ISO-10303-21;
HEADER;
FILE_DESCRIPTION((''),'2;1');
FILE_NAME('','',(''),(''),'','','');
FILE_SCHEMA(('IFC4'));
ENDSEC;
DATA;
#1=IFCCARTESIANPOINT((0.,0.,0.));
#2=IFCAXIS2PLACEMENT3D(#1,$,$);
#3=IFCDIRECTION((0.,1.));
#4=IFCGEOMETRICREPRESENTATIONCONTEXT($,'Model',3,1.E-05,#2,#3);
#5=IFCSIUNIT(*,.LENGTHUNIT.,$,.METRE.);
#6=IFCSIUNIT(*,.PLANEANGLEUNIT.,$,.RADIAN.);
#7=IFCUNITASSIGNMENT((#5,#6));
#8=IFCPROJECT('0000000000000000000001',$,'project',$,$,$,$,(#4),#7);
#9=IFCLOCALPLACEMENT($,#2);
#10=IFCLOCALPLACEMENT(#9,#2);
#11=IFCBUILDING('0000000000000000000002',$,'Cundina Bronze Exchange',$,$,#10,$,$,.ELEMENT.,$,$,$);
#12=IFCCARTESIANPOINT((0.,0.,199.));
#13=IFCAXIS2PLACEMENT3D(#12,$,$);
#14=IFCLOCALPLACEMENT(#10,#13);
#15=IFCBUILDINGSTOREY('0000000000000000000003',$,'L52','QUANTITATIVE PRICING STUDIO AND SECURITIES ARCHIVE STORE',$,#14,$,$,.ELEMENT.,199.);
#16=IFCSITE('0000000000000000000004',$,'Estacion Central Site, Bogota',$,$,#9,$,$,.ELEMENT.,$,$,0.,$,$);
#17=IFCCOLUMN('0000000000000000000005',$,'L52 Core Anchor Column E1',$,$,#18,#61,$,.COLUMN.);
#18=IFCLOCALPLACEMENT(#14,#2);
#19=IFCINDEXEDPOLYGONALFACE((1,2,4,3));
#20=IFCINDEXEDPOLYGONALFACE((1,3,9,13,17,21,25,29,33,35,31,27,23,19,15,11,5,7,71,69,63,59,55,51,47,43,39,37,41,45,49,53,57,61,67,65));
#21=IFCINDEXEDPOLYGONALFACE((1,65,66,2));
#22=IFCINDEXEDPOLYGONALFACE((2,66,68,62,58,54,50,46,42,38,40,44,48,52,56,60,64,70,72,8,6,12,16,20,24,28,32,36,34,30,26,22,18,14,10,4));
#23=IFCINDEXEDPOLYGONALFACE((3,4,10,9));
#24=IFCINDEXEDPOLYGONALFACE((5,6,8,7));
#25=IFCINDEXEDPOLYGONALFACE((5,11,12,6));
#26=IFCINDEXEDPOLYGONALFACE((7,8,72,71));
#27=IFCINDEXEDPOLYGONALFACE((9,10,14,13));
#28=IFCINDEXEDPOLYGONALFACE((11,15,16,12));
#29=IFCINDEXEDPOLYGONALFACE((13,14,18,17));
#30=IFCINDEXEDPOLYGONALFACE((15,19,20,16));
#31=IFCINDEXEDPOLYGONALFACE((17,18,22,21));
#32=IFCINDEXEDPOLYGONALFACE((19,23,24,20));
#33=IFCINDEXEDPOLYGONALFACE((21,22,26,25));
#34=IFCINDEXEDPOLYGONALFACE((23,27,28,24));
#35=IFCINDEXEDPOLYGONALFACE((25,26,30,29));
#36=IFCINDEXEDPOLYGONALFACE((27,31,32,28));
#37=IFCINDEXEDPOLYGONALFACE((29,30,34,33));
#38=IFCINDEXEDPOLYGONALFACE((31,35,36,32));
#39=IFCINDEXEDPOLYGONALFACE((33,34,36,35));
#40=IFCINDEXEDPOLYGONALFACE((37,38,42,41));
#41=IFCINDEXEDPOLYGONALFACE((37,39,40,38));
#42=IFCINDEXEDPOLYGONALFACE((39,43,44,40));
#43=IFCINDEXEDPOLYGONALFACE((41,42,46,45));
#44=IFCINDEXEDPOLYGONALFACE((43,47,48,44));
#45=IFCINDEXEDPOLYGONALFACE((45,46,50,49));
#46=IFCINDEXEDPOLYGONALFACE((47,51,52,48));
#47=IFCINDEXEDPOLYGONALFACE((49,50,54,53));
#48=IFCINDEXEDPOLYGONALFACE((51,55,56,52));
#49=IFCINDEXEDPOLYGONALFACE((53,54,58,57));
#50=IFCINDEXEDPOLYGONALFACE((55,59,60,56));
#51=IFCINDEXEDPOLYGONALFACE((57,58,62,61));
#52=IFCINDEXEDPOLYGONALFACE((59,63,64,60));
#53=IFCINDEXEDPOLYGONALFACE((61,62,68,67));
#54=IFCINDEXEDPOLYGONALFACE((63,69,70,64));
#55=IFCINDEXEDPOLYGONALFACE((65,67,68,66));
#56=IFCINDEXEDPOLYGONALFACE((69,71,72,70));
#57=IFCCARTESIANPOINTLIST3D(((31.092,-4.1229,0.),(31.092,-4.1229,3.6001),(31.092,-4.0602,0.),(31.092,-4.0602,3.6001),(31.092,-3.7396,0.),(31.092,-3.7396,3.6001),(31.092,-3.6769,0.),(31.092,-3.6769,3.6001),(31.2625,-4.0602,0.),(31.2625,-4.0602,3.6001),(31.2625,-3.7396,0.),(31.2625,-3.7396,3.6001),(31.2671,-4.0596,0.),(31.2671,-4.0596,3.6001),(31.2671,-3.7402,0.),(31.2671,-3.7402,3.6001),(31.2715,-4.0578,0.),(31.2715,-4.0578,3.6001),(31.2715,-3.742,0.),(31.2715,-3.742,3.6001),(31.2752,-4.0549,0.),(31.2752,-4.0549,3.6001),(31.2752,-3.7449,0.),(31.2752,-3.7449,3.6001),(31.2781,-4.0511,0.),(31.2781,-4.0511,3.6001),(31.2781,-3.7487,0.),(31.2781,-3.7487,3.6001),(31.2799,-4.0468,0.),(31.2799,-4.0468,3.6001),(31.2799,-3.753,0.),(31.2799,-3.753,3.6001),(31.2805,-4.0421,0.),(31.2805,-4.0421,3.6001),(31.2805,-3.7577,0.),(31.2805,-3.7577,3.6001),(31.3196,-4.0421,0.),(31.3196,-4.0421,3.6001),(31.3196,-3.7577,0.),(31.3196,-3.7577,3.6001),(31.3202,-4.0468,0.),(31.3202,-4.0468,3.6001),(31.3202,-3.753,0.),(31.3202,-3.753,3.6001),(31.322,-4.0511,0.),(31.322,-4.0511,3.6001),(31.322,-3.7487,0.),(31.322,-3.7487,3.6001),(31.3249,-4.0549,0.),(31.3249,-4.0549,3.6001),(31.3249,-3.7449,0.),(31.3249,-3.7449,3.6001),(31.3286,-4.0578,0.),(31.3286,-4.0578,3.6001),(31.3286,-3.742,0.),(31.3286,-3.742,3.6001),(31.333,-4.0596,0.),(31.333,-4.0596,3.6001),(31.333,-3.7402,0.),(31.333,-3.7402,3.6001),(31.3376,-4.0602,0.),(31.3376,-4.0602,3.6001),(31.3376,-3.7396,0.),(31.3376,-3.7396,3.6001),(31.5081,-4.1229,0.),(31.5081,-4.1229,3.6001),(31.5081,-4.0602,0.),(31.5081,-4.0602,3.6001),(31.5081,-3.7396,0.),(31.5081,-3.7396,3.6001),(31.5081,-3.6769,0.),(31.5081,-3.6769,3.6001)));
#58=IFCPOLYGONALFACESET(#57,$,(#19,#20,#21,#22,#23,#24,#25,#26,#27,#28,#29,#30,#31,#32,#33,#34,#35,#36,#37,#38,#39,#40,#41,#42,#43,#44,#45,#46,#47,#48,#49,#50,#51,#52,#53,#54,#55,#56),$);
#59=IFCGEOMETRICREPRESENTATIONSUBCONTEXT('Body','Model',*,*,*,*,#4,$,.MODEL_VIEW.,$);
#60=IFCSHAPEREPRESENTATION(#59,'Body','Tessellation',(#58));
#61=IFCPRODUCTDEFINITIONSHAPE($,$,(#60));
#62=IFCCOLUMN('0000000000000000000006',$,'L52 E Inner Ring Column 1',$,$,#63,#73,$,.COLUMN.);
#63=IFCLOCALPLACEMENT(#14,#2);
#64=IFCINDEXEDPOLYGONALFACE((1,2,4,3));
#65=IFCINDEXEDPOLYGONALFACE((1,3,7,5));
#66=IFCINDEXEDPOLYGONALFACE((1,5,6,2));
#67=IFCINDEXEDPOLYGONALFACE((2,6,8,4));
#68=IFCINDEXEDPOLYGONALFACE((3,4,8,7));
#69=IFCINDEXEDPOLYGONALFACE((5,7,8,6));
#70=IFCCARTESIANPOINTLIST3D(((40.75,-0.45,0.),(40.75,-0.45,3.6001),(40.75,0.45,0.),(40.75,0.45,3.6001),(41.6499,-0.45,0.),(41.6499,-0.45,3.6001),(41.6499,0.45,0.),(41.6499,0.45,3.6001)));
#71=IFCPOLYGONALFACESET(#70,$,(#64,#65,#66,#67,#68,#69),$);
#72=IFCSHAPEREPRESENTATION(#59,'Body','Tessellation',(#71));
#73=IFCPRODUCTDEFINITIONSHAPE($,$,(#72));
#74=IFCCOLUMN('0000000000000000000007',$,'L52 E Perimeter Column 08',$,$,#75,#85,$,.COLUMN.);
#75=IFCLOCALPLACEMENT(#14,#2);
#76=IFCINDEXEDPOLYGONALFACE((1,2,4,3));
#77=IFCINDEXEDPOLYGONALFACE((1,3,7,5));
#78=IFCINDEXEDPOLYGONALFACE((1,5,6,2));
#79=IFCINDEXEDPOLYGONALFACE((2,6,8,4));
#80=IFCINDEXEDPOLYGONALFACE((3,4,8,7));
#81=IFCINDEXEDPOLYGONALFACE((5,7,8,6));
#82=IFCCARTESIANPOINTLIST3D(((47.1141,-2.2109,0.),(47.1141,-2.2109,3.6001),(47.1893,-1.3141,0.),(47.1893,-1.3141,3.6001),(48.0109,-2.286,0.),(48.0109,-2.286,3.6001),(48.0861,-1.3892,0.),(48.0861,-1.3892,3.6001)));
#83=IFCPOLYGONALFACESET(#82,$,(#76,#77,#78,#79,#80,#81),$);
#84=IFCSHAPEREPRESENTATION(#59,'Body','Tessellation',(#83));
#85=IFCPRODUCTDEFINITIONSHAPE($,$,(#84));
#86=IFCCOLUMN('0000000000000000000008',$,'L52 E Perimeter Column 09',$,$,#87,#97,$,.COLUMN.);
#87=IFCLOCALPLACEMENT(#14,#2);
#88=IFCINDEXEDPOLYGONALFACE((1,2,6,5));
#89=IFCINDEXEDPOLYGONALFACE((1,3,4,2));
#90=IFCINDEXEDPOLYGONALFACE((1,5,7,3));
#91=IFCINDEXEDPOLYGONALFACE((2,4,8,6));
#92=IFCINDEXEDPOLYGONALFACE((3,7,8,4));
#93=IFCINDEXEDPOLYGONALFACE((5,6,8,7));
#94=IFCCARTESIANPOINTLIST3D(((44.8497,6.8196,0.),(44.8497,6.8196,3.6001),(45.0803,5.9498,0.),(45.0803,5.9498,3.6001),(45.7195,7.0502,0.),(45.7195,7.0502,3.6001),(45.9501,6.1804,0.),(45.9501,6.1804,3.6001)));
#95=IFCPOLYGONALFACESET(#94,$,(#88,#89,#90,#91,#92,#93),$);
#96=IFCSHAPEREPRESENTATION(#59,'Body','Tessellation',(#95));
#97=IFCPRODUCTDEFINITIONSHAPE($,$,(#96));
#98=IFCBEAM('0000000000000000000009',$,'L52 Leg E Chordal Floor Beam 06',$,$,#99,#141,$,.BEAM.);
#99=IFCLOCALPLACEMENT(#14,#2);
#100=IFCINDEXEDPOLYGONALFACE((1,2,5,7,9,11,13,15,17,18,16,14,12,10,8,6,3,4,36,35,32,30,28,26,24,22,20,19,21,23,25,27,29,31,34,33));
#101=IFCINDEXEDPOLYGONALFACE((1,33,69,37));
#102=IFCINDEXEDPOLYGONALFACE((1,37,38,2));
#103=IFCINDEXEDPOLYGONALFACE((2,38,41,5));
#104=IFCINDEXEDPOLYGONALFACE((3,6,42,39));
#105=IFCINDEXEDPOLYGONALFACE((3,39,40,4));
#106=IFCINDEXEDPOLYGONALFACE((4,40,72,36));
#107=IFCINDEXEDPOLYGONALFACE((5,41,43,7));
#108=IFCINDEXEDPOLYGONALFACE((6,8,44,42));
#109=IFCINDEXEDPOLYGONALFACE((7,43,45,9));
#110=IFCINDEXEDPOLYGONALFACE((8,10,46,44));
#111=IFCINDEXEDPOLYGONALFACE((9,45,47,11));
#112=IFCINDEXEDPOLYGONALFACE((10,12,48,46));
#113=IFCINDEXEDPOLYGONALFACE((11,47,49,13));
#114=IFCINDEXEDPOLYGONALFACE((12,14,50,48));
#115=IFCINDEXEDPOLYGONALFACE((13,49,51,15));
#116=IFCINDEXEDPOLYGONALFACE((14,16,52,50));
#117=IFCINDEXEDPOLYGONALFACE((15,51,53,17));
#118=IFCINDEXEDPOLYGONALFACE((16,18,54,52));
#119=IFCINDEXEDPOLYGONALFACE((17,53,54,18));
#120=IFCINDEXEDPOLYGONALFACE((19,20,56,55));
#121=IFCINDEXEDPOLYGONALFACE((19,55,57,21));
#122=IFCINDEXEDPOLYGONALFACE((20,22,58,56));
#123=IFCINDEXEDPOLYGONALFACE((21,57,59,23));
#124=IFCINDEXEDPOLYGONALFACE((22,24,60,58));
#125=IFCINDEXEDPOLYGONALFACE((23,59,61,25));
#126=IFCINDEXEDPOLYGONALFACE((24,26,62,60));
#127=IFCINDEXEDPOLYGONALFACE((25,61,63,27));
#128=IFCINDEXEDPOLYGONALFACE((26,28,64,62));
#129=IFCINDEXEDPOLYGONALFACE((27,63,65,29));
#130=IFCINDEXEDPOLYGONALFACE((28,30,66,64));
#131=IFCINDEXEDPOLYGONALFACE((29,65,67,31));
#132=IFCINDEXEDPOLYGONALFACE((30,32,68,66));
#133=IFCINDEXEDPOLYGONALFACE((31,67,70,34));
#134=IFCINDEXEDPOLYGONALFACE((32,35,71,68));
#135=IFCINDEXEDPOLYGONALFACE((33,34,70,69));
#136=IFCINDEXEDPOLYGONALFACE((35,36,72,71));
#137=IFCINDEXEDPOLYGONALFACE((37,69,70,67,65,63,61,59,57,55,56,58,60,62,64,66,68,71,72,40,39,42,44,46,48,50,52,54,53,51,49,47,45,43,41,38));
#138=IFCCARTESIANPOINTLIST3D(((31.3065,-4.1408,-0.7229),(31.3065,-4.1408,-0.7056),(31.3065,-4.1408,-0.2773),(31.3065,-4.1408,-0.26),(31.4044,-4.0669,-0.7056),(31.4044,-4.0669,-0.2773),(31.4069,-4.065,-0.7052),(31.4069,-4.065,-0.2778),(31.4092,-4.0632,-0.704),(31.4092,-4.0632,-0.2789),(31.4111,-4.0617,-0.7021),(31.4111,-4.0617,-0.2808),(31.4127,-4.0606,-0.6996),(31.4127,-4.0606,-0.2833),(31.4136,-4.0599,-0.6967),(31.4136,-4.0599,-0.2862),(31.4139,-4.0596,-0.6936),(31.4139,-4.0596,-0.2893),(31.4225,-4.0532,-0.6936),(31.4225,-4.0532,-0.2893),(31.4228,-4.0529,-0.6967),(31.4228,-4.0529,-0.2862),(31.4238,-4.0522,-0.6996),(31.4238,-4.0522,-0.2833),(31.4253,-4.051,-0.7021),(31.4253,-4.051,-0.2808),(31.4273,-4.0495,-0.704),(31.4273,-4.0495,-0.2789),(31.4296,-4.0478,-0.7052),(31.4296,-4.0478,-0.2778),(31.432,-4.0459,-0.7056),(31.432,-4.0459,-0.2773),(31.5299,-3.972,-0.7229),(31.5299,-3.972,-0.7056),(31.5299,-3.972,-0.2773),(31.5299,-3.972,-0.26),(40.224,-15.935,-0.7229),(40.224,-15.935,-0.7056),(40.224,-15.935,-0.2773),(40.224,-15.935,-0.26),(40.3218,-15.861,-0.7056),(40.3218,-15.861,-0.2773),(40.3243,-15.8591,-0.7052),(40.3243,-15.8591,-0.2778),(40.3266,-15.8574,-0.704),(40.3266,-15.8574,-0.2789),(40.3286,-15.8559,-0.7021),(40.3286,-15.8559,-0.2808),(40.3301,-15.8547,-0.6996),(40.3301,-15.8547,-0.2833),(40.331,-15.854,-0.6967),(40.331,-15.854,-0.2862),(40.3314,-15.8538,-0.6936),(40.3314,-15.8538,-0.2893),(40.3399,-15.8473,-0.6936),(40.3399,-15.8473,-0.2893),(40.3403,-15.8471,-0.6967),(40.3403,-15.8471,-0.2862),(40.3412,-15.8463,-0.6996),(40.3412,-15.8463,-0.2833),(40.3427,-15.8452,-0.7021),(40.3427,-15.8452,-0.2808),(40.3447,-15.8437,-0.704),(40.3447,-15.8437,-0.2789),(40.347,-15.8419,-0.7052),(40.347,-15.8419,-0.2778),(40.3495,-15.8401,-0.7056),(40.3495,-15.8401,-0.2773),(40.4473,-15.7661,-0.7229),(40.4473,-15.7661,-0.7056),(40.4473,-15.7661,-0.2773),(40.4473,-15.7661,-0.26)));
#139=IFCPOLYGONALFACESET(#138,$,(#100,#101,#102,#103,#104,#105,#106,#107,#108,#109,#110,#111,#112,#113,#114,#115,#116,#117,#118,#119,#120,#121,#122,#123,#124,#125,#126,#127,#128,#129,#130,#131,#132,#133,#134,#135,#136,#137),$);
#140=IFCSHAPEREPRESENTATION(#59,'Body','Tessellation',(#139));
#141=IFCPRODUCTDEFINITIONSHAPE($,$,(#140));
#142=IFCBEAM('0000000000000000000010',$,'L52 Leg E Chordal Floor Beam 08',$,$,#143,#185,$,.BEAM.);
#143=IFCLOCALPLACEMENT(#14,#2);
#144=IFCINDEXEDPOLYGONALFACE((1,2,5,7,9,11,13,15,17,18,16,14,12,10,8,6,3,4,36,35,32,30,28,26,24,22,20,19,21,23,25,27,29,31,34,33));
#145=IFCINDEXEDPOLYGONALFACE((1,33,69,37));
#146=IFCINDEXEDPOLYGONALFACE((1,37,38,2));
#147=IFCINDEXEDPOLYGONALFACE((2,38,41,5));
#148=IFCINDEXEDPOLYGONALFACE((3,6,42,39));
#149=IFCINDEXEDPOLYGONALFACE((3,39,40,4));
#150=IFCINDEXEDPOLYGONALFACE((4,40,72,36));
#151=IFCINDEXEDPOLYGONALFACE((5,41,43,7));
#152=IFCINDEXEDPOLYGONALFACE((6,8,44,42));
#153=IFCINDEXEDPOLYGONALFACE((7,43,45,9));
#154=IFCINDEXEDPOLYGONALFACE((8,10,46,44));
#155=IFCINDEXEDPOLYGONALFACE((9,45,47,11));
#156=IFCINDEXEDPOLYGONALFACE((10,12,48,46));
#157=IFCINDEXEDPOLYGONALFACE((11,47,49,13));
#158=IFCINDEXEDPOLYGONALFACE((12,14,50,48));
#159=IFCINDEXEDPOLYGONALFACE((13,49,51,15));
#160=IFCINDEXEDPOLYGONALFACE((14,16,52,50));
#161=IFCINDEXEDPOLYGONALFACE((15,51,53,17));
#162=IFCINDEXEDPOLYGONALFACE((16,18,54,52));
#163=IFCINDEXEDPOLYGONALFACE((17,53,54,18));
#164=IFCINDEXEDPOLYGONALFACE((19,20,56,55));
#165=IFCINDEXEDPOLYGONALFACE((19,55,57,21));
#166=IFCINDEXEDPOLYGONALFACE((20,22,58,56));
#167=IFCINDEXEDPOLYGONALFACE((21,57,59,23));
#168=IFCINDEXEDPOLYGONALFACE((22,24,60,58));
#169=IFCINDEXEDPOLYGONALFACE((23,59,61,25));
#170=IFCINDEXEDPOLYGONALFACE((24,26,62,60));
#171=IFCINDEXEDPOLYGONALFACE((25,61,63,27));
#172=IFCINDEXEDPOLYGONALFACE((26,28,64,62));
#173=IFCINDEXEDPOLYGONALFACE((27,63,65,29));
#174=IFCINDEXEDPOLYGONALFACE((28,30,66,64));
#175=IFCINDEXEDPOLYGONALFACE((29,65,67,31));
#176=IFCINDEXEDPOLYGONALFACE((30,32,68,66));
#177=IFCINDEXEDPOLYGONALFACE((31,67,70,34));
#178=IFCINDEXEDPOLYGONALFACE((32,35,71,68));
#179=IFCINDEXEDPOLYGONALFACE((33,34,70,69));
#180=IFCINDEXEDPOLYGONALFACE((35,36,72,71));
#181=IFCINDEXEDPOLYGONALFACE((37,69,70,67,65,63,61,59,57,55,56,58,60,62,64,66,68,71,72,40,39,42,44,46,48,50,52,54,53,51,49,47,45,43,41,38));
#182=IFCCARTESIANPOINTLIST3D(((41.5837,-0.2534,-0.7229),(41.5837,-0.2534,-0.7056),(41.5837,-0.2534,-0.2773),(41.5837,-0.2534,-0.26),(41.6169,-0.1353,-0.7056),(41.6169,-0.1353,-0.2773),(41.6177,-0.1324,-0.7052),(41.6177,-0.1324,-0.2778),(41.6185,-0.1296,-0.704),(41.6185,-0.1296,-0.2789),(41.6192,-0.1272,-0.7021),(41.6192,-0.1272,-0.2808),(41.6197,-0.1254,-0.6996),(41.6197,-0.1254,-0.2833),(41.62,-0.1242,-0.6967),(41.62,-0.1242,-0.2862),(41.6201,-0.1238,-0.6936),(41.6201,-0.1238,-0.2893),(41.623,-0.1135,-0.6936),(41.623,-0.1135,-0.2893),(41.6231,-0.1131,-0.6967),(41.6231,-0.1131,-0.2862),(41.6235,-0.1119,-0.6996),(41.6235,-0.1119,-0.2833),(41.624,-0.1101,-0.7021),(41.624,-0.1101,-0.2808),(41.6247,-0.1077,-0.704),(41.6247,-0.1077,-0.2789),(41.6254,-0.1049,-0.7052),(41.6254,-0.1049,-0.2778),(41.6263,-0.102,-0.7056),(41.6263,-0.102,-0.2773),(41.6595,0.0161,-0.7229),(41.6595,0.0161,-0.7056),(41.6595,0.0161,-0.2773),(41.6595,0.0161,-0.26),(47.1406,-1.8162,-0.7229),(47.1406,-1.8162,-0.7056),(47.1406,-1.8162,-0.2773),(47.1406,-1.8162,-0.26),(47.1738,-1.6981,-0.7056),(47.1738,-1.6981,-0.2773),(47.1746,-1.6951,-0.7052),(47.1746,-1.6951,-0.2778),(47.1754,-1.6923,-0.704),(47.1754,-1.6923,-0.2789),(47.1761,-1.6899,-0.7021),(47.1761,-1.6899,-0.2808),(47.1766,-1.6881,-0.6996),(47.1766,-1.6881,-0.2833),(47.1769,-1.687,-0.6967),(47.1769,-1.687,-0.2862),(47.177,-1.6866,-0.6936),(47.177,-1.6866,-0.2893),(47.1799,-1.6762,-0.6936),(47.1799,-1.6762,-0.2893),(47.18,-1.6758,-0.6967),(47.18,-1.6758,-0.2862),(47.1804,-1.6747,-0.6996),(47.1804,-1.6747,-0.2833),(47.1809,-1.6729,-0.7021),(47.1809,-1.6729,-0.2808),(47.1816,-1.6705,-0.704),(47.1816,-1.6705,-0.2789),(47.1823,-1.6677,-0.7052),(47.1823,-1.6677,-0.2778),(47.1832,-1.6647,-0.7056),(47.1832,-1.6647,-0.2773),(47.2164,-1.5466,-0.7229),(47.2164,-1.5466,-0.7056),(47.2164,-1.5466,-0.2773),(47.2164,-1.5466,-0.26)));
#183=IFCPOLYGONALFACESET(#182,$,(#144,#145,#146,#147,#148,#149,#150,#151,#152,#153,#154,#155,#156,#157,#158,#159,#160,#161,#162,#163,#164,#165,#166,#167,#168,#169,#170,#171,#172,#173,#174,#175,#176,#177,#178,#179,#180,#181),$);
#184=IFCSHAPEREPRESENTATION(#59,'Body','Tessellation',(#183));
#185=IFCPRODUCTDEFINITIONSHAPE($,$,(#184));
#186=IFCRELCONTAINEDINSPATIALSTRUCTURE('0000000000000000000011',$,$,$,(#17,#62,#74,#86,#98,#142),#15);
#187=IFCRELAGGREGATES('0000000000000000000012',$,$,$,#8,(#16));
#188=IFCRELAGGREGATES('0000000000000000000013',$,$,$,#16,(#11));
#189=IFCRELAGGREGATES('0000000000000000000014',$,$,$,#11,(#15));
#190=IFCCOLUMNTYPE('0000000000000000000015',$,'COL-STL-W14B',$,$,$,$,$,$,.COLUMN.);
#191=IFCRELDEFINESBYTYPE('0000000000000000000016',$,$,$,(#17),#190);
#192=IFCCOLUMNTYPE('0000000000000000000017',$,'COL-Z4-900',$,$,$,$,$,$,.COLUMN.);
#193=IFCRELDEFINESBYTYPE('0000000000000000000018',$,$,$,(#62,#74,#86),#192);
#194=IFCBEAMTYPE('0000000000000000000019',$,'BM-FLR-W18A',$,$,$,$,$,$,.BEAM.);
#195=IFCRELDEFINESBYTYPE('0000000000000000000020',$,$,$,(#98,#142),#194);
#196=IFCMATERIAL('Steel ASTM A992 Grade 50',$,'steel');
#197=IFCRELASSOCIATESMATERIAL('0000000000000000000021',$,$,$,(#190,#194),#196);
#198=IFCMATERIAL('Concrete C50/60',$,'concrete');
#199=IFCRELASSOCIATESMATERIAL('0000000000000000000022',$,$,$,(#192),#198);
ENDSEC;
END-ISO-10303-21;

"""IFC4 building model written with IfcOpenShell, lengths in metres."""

from ifc_helpers import new_model, si_unit, direction, frame, origin, origin_2d, place, context, subcontext, project, spatial, rectangle, i_section, extrude, material, material_profile, profile_set, type_object, element, save


model = new_model("IFC4")

# Units and contexts
model_context = context("Model", 3, precision=1e-05, world=origin(), true_north=direction((0.0, 1.0)))
body_context = subcontext(model_context, "Body", "Model", "MODEL_VIEW")
ifc_project = project(units=[si_unit("LENGTHUNIT", "METRE"), si_unit("PLANEANGLEUNIT", "RADIAN")], contexts=[model_context])

# Site, building, storey
site_placement = place(None, origin())
site = spatial("IfcSite", under=ifc_project, at=site_placement, Name="Estacion Central Site, Bogota", CompositionType="ELEMENT", RefElevation=0.0)
building_placement = place(site_placement, origin())
building = spatial("IfcBuilding", under=site, at=building_placement, Name="Cundina Bronze Exchange", CompositionType="ELEMENT")
storey_placement = place(building_placement, frame((0.0, 0.0, 199.0)))
storey = spatial("IfcBuildingStorey", under=building, at=storey_placement, Name="L52", Description="QUANTITATIVE PRICING STUDIO AND SECURITIES ARCHIVE STORE", CompositionType="ELEMENT", Elevation=199.0)

# Columns
ifc_material_1 = material(Name="Steel ASTM A992 Grade 50", Category="steel")
ifc_material_profile_1 = material_profile(ifc_material_1, i_section(OverallWidth=0.416, OverallDepth=0.446, WebThickness=0.0391, FlangeThickness=0.0627, FilletRadius=0.0181, at=origin_2d()), Name="W14X342", Category="steel")
ifc_profile_set_1 = profile_set([ifc_material_profile_1], Name="Steel ASTM A992 Grade 50")
column_type_1 = type_object("IfcColumnType", Name="COL-STL-W14B", PredefinedType="COLUMN", material=ifc_profile_set_1)
column_placement = place(storey_placement, frame((31.3, -3.8999, 0.0), z_axis=(0.0, 0.0, 1.0), x_axis=(1.0, 0.0, 0.0)))
element("IfcColumn", 1, at=column_placement, inside=storey, type_object=column_type_1, Name="L52 Core Anchor Column E1", PredefinedType="COLUMN", context=body_context, shape_type="SweptSolid", body=[
    extrude(i_section(OverallWidth=0.416, OverallDepth=0.446, WebThickness=0.0391, FlangeThickness=0.0627, FilletRadius=0.0181, at=origin_2d()), origin(), (0.0, 0.0, 1.0), 3.6001),
])
ifc_material_2 = material(Name="Concrete C50/60", Category="concrete")
ifc_material_profile_2 = material_profile(ifc_material_2, rectangle(XDim=0.8999, YDim=0.8999, at=origin_2d()), Name="RC900X900", Category="concrete")
ifc_profile_set_2 = profile_set([ifc_material_profile_2], Name="Concrete C50/60")
column_type_2 = type_object("IfcColumnType", Name="COL-Z4-900", PredefinedType="COLUMN", material=ifc_profile_set_2)
for number, where, z_axis, x_axis, name in (
    (2, (41.2, 0.0, 0.0), (0.0, 0.0, 1.0), (1.0, 0.0, 0.0), "L52 E Inner Ring Column 1"),
    (3, (47.6001, -1.8, 0.0), (0.0, 0.0, 1.0), (0.083504, 0.996507, 0.0), "L52 E Perimeter Column 08"),
    (4, (45.3999, 6.5, 0.0), (0.0, 0.0, 1.0), (-0.256289, 0.9666, 0.0), "L52 E Perimeter Column 09"),
):
    element("IfcColumn", number, at=place(storey_placement, frame(where, z_axis=z_axis, x_axis=x_axis)), inside=storey, type_object=column_type_2, Name=name, PredefinedType="COLUMN", context=body_context, shape_type="SweptSolid", body=[
        extrude(rectangle(XDim=0.8999, YDim=0.8999, at=origin_2d()), origin(), (0.0, 0.0, 1.0), 3.6001),
    ])

# Beams
ifc_material_profile_3 = material_profile(ifc_material_1, i_section(OverallWidth=0.28, OverallDepth=0.4629, WebThickness=0.0107, FlangeThickness=0.0173, FilletRadius=0.012, at=origin_2d()), Name="W18X76", Category="steel")
ifc_profile_set_3 = profile_set([ifc_material_profile_3], Name="Steel ASTM A992 Grade 50")
beam_type_1 = type_object("IfcBeamType", Name="BM-FLR-W18A", PredefinedType="BEAM", material=ifc_profile_set_3)
beam_1_placement = place(storey_placement, frame((31.4182, -4.0564, -0.4915), z_axis=(0.603105, -0.797662, 0.0), x_axis=(0.797662, 0.603105, 0.0)))
element("IfcBeam", 5, at=beam_1_placement, inside=storey, type_object=beam_type_1, Name="L52 Leg E Chordal Floor Beam 06", PredefinedType="BEAM", context=body_context, shape_type="SweptSolid", body=[
    extrude(i_section(OverallWidth=0.28, OverallDepth=0.4629, WebThickness=0.0107, FlangeThickness=0.0173, FilletRadius=0.012, at=origin_2d()), origin(), (0.0, 0.0, 1.0), 14.7859),
])
beam_2_placement = place(storey_placement, frame((41.6216, -0.1187, -0.4915), z_axis=(0.962657, -0.270725, 0.0), x_axis=(0.270725, 0.962657, 0.0)))
element("IfcBeam", 6, at=beam_2_placement, inside=storey, type_object=beam_type_1, Name="L52 Leg E Chordal Floor Beam 08", PredefinedType="BEAM", context=body_context, shape_type="SweptSolid", body=[
    extrude(i_section(OverallWidth=0.28, OverallDepth=0.4629, WebThickness=0.0107, FlangeThickness=0.0173, FilletRadius=0.012, at=origin_2d()), origin(), (0.0, 0.0, 1.0), 5.7725),
])

save(model, "model.ifc")
